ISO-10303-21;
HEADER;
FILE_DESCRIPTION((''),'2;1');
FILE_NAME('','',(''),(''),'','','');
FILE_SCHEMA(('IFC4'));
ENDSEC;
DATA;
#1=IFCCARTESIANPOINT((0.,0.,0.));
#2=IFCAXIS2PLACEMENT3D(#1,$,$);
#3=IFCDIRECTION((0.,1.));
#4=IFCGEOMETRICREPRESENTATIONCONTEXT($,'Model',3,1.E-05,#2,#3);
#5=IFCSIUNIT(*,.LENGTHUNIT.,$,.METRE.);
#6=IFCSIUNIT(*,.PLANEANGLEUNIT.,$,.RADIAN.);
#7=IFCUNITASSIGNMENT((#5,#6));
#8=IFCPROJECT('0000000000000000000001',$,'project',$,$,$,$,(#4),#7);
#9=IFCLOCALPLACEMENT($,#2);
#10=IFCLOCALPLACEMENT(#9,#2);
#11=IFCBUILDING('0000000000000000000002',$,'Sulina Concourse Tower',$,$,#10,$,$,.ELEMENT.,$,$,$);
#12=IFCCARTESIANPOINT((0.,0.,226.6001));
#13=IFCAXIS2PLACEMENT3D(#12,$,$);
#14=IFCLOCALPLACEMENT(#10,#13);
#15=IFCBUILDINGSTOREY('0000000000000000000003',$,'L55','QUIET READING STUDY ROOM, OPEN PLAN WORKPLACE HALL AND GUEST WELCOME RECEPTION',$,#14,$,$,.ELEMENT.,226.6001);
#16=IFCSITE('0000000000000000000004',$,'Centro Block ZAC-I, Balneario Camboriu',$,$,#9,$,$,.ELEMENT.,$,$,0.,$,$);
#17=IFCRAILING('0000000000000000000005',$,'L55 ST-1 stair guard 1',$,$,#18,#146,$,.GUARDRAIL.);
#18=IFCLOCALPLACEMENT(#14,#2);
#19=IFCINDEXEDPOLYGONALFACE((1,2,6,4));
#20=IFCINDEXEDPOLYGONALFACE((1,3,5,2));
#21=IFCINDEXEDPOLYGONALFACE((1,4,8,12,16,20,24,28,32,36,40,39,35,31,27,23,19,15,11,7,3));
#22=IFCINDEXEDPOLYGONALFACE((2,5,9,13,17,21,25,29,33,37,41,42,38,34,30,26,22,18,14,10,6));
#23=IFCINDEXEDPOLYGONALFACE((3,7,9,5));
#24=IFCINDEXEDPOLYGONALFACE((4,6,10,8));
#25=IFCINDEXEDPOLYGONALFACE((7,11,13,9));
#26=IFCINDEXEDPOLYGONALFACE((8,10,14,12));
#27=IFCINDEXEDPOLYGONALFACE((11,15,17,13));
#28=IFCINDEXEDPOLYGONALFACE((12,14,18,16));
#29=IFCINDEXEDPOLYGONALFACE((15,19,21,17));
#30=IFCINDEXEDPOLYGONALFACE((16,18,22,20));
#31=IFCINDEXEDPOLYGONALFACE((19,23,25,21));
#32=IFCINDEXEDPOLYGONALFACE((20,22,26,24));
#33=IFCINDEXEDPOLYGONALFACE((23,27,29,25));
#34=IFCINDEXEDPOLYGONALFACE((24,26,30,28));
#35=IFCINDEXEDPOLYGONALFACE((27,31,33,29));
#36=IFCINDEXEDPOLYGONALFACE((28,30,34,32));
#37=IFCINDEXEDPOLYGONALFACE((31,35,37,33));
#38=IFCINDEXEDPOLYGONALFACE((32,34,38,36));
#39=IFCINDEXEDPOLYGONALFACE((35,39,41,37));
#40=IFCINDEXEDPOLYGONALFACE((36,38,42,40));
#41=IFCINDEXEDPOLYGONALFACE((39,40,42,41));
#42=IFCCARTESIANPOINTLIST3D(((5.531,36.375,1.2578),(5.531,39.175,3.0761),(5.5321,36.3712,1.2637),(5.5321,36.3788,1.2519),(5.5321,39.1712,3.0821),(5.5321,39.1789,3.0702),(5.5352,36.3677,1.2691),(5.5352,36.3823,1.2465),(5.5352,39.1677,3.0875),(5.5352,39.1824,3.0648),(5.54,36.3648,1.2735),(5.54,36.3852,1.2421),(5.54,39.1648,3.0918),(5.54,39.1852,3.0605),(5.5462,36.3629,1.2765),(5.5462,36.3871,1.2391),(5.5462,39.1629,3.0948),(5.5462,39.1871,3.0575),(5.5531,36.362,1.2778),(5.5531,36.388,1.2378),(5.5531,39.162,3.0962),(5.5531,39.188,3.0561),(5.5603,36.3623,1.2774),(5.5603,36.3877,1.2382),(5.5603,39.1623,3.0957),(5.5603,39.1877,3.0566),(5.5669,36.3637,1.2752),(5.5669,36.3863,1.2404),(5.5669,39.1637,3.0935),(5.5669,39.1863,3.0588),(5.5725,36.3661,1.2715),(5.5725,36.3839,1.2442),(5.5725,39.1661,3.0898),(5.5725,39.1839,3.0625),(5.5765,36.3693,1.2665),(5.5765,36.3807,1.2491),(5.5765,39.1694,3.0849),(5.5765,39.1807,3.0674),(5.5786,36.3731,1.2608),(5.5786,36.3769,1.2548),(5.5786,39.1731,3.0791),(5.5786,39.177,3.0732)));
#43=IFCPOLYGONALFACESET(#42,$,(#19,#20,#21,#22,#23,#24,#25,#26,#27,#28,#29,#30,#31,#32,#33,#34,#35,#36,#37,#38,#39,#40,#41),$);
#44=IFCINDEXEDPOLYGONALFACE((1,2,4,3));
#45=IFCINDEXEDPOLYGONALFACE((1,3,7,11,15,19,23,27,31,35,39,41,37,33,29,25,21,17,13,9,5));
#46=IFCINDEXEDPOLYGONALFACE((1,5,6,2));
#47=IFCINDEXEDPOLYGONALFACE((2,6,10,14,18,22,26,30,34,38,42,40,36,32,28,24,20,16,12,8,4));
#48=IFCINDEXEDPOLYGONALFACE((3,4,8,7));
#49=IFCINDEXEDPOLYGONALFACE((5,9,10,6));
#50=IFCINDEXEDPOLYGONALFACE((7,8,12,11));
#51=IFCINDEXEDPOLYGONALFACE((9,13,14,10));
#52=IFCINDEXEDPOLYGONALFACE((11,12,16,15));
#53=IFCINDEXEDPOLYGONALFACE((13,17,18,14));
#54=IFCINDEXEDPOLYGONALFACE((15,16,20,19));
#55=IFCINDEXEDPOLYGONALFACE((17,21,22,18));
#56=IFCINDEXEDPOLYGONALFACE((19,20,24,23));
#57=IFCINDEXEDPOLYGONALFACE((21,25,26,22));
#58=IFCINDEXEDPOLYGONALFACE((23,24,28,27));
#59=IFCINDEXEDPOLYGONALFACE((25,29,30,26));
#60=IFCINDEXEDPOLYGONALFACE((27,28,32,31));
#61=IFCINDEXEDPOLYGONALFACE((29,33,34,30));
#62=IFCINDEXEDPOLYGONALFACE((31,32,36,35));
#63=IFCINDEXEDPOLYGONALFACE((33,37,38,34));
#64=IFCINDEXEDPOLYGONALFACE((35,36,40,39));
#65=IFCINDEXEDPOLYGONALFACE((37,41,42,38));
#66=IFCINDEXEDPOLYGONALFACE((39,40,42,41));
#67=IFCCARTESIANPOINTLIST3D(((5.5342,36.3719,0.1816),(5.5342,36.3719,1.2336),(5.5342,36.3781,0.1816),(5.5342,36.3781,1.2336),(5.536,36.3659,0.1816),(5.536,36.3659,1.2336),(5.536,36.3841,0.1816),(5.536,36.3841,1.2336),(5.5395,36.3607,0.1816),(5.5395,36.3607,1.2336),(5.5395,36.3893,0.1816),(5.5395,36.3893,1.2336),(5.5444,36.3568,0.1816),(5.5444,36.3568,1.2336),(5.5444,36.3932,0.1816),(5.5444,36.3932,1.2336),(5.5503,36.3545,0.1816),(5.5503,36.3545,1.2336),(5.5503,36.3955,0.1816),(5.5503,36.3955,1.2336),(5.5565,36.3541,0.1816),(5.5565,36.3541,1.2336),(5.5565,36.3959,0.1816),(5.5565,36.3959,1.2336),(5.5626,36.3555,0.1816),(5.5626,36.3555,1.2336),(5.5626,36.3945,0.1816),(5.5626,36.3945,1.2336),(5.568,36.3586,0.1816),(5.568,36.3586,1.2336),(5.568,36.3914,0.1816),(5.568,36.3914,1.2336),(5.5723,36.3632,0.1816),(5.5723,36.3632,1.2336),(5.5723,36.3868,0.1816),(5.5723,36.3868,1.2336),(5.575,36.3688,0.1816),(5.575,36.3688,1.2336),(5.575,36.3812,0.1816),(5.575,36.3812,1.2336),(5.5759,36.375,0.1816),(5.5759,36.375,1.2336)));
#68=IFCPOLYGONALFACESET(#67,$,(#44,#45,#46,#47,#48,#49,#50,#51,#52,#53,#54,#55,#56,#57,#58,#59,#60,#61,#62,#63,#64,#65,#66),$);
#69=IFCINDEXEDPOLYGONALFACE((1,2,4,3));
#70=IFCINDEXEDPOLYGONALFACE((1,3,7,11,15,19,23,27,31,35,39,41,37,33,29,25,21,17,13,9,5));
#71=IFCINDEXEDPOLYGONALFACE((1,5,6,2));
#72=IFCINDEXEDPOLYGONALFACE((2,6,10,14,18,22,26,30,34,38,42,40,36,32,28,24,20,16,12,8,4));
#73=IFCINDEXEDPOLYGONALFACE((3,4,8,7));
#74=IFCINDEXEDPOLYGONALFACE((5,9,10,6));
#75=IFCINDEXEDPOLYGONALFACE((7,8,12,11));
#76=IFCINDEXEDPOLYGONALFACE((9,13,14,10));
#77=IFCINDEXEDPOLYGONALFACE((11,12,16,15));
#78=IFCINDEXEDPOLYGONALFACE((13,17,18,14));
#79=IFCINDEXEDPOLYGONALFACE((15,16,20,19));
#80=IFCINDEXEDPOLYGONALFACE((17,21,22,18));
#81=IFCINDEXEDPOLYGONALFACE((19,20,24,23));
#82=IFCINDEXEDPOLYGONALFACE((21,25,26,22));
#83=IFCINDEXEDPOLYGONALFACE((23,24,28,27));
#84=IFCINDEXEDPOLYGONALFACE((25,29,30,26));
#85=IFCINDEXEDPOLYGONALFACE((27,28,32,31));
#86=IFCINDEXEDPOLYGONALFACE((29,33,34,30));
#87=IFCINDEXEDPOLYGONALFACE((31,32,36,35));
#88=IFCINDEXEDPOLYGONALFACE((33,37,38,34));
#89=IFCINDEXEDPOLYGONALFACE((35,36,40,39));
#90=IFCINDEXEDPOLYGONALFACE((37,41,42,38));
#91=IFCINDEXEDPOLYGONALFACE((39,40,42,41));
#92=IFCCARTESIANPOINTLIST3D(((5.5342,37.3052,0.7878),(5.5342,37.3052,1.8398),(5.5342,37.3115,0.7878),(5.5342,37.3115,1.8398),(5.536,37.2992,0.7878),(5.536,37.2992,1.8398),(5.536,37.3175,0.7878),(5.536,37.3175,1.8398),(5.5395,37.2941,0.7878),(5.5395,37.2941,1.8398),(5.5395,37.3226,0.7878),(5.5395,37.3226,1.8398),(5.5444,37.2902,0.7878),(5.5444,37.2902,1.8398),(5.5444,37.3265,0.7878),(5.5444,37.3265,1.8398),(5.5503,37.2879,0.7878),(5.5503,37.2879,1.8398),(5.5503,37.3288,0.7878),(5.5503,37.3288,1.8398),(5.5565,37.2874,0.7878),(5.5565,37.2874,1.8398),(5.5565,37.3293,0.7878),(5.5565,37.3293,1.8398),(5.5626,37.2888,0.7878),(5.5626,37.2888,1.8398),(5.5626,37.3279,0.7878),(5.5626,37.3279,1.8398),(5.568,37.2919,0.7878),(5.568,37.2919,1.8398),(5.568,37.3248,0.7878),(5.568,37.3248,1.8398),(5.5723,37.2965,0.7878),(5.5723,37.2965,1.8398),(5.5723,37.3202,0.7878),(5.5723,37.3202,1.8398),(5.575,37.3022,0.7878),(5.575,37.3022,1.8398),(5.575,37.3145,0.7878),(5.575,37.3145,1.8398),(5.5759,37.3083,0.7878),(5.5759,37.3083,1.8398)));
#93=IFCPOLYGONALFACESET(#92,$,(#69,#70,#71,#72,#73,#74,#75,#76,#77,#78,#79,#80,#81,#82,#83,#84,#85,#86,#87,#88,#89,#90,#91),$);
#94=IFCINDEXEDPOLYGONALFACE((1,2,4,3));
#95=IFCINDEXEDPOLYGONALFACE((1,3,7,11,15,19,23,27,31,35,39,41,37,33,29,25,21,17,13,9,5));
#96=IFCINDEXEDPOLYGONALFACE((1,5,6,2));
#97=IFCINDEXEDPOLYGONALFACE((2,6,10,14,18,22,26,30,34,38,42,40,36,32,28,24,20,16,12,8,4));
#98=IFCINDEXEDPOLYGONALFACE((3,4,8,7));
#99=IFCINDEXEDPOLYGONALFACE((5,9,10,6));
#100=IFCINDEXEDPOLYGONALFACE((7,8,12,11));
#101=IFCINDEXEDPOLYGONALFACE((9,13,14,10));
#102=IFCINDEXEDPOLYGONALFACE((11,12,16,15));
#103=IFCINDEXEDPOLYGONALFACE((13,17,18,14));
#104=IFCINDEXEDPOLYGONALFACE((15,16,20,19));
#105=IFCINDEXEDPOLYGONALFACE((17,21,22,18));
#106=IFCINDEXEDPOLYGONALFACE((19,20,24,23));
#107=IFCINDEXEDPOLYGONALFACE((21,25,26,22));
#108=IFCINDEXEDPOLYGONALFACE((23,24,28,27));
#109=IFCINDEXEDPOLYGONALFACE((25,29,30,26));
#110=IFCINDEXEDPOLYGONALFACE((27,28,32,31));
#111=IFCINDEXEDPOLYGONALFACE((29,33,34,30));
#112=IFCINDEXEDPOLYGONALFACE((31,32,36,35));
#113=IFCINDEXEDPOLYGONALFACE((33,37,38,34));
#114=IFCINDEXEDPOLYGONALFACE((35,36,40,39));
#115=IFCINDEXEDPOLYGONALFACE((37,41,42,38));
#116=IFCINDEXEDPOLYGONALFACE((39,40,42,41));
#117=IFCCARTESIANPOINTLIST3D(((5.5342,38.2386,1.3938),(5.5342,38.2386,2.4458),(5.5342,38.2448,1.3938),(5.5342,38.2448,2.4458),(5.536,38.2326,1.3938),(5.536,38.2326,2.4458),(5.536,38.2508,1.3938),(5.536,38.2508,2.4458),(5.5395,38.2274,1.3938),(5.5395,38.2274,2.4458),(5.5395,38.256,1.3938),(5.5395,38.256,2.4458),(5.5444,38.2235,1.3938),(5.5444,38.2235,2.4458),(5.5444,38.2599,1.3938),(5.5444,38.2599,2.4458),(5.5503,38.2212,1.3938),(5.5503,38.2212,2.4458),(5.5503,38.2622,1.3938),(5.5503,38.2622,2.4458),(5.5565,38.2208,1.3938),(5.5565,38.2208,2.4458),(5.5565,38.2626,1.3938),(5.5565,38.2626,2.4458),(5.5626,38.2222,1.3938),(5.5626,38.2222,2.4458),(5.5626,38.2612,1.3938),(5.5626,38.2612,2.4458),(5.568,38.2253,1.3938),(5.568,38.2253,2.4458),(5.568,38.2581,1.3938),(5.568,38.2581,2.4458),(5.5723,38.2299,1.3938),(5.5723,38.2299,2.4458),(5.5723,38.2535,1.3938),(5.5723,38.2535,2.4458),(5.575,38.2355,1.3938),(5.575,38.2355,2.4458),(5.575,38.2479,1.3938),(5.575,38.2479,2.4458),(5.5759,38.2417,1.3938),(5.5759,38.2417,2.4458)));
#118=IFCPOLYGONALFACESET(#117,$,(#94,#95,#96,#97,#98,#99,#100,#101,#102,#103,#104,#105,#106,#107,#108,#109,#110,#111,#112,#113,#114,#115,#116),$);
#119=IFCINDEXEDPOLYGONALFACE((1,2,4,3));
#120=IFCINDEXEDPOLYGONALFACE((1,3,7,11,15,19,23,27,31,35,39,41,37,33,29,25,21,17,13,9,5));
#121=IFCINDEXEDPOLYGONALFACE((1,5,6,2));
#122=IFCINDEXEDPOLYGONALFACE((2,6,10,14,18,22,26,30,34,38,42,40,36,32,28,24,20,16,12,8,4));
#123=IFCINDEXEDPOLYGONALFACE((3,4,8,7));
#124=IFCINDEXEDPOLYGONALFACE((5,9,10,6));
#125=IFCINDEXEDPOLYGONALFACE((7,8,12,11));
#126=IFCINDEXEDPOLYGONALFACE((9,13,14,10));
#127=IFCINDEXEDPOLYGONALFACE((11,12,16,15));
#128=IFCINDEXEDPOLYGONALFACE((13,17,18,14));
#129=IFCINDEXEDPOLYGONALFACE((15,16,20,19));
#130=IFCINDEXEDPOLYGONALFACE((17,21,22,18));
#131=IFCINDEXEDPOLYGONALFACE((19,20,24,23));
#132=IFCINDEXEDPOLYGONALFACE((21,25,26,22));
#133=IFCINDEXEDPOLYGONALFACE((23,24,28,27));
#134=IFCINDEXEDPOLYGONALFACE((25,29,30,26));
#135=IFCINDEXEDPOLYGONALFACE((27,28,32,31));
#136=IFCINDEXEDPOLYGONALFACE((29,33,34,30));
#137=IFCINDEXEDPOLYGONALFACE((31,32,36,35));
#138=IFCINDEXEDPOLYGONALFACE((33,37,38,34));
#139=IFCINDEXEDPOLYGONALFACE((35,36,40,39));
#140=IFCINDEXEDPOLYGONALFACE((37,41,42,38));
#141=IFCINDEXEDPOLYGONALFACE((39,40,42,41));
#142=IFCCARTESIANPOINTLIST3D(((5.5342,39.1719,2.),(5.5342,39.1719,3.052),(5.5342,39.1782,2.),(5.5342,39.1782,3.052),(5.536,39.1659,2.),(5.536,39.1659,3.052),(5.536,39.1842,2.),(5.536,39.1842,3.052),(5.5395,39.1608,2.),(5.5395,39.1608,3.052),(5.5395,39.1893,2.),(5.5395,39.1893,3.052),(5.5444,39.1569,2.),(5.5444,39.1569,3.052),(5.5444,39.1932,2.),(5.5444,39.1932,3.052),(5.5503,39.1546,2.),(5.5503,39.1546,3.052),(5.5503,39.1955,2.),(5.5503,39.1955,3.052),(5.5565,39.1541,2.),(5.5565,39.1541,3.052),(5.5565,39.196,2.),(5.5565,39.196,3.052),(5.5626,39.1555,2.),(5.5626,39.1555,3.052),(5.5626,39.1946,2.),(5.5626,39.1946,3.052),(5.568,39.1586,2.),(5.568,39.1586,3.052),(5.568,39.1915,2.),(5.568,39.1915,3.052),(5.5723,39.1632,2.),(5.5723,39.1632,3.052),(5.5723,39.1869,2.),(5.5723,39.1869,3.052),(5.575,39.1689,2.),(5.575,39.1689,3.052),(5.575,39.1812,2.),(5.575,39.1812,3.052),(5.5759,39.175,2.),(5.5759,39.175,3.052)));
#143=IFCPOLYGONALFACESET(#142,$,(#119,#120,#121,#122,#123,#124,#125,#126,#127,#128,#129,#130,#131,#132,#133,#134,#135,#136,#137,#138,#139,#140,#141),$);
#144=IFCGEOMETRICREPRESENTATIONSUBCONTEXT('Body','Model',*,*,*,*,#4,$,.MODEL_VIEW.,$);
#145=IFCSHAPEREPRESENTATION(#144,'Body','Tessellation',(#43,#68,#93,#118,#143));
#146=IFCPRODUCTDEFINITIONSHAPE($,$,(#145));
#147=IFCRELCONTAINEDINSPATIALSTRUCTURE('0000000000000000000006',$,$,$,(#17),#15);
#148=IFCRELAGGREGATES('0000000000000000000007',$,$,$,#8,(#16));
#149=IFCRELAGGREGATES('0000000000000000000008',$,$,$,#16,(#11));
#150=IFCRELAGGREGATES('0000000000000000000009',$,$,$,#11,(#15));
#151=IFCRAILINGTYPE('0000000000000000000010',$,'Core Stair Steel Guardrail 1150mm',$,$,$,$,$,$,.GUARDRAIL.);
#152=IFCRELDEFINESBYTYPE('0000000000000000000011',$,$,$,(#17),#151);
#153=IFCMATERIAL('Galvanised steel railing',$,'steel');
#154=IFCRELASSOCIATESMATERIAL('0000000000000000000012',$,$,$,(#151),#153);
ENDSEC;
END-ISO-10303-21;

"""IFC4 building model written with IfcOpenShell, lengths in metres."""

from ifc_helpers import new_model, si_unit, direction, frame, origin, origin_2d, place, context, subcontext, project, spatial, circle, extrude, material, type_object, element, save


model = new_model("IFC4")

# Units and contexts
model_context = context("Model", 3, precision=1e-05, world=origin(), true_north=direction((0.0, 1.0)))
body_context = subcontext(model_context, "Body", "Model", "MODEL_VIEW")
ifc_project = project(units=[si_unit("LENGTHUNIT", "METRE"), si_unit("PLANEANGLEUNIT", "RADIAN")], contexts=[model_context])

# Site, building, storey
site_placement = place(None, origin())
site = spatial("IfcSite", under=ifc_project, at=site_placement, Name="Centro Block ZAC-I, Balneario Camboriu", CompositionType="ELEMENT", RefElevation=0.0)
building_placement = place(site_placement, origin())
building = spatial("IfcBuilding", under=site, at=building_placement, Name="Sulina Concourse Tower", CompositionType="ELEMENT")
storey_placement = place(building_placement, frame((0.0, 0.0, 226.6001)))
storey = spatial("IfcBuildingStorey", under=building, at=storey_placement, Name="L55", Description="QUIET READING STUDY ROOM, OPEN PLAN WORKPLACE HALL AND GUEST WELCOME RECEPTION", CompositionType="ELEMENT", Elevation=226.6001)

# Railing
ifc_material_1 = material(Name="Galvanised steel railing", Category="steel")
railing_type_1 = type_object("IfcRailingType", Name="Core Stair Steel Guardrail 1150mm", PredefinedType="GUARDRAIL", material=ifc_material_1)
railing_1_placement = place(storey_placement, frame((5.5549, 36.375, 0.1816)))
element("IfcRailing", 1, at=railing_1_placement, inside=storey, type_object=railing_type_1, Name="L55 ST-1 stair guard 1", PredefinedType="GUARDRAIL", context=body_context, shape_type="SweptSolid", body=[
    extrude(circle(Radius=0.0239, at=origin_2d()), frame((0.0, 0.0, 1.0762), z_axis=(0.0, 0.838672, 0.544636), x_axis=(-1.0, 0.0, 0.0)), (0.0, 0.0, 1.0), 3.3386),
    extrude(circle(Radius=0.021, at=origin_2d()), origin(), (0.0, 0.0, 1.0), 1.052),
    extrude(circle(Radius=0.021, at=origin_2d()), frame((0.0, 0.9333, 0.6062)), (0.0, 0.0, 1.0), 1.052),
    extrude(circle(Radius=0.021, at=origin_2d()), frame((0.0, 1.8667, 1.2122)), (0.0, 0.0, 1.0), 1.052),
    extrude(circle(Radius=0.021, at=origin_2d()), frame((0.0, 2.8, 1.8184)), (0.0, 0.0, 1.0), 1.052),
])

save(model, "model.ifc")
